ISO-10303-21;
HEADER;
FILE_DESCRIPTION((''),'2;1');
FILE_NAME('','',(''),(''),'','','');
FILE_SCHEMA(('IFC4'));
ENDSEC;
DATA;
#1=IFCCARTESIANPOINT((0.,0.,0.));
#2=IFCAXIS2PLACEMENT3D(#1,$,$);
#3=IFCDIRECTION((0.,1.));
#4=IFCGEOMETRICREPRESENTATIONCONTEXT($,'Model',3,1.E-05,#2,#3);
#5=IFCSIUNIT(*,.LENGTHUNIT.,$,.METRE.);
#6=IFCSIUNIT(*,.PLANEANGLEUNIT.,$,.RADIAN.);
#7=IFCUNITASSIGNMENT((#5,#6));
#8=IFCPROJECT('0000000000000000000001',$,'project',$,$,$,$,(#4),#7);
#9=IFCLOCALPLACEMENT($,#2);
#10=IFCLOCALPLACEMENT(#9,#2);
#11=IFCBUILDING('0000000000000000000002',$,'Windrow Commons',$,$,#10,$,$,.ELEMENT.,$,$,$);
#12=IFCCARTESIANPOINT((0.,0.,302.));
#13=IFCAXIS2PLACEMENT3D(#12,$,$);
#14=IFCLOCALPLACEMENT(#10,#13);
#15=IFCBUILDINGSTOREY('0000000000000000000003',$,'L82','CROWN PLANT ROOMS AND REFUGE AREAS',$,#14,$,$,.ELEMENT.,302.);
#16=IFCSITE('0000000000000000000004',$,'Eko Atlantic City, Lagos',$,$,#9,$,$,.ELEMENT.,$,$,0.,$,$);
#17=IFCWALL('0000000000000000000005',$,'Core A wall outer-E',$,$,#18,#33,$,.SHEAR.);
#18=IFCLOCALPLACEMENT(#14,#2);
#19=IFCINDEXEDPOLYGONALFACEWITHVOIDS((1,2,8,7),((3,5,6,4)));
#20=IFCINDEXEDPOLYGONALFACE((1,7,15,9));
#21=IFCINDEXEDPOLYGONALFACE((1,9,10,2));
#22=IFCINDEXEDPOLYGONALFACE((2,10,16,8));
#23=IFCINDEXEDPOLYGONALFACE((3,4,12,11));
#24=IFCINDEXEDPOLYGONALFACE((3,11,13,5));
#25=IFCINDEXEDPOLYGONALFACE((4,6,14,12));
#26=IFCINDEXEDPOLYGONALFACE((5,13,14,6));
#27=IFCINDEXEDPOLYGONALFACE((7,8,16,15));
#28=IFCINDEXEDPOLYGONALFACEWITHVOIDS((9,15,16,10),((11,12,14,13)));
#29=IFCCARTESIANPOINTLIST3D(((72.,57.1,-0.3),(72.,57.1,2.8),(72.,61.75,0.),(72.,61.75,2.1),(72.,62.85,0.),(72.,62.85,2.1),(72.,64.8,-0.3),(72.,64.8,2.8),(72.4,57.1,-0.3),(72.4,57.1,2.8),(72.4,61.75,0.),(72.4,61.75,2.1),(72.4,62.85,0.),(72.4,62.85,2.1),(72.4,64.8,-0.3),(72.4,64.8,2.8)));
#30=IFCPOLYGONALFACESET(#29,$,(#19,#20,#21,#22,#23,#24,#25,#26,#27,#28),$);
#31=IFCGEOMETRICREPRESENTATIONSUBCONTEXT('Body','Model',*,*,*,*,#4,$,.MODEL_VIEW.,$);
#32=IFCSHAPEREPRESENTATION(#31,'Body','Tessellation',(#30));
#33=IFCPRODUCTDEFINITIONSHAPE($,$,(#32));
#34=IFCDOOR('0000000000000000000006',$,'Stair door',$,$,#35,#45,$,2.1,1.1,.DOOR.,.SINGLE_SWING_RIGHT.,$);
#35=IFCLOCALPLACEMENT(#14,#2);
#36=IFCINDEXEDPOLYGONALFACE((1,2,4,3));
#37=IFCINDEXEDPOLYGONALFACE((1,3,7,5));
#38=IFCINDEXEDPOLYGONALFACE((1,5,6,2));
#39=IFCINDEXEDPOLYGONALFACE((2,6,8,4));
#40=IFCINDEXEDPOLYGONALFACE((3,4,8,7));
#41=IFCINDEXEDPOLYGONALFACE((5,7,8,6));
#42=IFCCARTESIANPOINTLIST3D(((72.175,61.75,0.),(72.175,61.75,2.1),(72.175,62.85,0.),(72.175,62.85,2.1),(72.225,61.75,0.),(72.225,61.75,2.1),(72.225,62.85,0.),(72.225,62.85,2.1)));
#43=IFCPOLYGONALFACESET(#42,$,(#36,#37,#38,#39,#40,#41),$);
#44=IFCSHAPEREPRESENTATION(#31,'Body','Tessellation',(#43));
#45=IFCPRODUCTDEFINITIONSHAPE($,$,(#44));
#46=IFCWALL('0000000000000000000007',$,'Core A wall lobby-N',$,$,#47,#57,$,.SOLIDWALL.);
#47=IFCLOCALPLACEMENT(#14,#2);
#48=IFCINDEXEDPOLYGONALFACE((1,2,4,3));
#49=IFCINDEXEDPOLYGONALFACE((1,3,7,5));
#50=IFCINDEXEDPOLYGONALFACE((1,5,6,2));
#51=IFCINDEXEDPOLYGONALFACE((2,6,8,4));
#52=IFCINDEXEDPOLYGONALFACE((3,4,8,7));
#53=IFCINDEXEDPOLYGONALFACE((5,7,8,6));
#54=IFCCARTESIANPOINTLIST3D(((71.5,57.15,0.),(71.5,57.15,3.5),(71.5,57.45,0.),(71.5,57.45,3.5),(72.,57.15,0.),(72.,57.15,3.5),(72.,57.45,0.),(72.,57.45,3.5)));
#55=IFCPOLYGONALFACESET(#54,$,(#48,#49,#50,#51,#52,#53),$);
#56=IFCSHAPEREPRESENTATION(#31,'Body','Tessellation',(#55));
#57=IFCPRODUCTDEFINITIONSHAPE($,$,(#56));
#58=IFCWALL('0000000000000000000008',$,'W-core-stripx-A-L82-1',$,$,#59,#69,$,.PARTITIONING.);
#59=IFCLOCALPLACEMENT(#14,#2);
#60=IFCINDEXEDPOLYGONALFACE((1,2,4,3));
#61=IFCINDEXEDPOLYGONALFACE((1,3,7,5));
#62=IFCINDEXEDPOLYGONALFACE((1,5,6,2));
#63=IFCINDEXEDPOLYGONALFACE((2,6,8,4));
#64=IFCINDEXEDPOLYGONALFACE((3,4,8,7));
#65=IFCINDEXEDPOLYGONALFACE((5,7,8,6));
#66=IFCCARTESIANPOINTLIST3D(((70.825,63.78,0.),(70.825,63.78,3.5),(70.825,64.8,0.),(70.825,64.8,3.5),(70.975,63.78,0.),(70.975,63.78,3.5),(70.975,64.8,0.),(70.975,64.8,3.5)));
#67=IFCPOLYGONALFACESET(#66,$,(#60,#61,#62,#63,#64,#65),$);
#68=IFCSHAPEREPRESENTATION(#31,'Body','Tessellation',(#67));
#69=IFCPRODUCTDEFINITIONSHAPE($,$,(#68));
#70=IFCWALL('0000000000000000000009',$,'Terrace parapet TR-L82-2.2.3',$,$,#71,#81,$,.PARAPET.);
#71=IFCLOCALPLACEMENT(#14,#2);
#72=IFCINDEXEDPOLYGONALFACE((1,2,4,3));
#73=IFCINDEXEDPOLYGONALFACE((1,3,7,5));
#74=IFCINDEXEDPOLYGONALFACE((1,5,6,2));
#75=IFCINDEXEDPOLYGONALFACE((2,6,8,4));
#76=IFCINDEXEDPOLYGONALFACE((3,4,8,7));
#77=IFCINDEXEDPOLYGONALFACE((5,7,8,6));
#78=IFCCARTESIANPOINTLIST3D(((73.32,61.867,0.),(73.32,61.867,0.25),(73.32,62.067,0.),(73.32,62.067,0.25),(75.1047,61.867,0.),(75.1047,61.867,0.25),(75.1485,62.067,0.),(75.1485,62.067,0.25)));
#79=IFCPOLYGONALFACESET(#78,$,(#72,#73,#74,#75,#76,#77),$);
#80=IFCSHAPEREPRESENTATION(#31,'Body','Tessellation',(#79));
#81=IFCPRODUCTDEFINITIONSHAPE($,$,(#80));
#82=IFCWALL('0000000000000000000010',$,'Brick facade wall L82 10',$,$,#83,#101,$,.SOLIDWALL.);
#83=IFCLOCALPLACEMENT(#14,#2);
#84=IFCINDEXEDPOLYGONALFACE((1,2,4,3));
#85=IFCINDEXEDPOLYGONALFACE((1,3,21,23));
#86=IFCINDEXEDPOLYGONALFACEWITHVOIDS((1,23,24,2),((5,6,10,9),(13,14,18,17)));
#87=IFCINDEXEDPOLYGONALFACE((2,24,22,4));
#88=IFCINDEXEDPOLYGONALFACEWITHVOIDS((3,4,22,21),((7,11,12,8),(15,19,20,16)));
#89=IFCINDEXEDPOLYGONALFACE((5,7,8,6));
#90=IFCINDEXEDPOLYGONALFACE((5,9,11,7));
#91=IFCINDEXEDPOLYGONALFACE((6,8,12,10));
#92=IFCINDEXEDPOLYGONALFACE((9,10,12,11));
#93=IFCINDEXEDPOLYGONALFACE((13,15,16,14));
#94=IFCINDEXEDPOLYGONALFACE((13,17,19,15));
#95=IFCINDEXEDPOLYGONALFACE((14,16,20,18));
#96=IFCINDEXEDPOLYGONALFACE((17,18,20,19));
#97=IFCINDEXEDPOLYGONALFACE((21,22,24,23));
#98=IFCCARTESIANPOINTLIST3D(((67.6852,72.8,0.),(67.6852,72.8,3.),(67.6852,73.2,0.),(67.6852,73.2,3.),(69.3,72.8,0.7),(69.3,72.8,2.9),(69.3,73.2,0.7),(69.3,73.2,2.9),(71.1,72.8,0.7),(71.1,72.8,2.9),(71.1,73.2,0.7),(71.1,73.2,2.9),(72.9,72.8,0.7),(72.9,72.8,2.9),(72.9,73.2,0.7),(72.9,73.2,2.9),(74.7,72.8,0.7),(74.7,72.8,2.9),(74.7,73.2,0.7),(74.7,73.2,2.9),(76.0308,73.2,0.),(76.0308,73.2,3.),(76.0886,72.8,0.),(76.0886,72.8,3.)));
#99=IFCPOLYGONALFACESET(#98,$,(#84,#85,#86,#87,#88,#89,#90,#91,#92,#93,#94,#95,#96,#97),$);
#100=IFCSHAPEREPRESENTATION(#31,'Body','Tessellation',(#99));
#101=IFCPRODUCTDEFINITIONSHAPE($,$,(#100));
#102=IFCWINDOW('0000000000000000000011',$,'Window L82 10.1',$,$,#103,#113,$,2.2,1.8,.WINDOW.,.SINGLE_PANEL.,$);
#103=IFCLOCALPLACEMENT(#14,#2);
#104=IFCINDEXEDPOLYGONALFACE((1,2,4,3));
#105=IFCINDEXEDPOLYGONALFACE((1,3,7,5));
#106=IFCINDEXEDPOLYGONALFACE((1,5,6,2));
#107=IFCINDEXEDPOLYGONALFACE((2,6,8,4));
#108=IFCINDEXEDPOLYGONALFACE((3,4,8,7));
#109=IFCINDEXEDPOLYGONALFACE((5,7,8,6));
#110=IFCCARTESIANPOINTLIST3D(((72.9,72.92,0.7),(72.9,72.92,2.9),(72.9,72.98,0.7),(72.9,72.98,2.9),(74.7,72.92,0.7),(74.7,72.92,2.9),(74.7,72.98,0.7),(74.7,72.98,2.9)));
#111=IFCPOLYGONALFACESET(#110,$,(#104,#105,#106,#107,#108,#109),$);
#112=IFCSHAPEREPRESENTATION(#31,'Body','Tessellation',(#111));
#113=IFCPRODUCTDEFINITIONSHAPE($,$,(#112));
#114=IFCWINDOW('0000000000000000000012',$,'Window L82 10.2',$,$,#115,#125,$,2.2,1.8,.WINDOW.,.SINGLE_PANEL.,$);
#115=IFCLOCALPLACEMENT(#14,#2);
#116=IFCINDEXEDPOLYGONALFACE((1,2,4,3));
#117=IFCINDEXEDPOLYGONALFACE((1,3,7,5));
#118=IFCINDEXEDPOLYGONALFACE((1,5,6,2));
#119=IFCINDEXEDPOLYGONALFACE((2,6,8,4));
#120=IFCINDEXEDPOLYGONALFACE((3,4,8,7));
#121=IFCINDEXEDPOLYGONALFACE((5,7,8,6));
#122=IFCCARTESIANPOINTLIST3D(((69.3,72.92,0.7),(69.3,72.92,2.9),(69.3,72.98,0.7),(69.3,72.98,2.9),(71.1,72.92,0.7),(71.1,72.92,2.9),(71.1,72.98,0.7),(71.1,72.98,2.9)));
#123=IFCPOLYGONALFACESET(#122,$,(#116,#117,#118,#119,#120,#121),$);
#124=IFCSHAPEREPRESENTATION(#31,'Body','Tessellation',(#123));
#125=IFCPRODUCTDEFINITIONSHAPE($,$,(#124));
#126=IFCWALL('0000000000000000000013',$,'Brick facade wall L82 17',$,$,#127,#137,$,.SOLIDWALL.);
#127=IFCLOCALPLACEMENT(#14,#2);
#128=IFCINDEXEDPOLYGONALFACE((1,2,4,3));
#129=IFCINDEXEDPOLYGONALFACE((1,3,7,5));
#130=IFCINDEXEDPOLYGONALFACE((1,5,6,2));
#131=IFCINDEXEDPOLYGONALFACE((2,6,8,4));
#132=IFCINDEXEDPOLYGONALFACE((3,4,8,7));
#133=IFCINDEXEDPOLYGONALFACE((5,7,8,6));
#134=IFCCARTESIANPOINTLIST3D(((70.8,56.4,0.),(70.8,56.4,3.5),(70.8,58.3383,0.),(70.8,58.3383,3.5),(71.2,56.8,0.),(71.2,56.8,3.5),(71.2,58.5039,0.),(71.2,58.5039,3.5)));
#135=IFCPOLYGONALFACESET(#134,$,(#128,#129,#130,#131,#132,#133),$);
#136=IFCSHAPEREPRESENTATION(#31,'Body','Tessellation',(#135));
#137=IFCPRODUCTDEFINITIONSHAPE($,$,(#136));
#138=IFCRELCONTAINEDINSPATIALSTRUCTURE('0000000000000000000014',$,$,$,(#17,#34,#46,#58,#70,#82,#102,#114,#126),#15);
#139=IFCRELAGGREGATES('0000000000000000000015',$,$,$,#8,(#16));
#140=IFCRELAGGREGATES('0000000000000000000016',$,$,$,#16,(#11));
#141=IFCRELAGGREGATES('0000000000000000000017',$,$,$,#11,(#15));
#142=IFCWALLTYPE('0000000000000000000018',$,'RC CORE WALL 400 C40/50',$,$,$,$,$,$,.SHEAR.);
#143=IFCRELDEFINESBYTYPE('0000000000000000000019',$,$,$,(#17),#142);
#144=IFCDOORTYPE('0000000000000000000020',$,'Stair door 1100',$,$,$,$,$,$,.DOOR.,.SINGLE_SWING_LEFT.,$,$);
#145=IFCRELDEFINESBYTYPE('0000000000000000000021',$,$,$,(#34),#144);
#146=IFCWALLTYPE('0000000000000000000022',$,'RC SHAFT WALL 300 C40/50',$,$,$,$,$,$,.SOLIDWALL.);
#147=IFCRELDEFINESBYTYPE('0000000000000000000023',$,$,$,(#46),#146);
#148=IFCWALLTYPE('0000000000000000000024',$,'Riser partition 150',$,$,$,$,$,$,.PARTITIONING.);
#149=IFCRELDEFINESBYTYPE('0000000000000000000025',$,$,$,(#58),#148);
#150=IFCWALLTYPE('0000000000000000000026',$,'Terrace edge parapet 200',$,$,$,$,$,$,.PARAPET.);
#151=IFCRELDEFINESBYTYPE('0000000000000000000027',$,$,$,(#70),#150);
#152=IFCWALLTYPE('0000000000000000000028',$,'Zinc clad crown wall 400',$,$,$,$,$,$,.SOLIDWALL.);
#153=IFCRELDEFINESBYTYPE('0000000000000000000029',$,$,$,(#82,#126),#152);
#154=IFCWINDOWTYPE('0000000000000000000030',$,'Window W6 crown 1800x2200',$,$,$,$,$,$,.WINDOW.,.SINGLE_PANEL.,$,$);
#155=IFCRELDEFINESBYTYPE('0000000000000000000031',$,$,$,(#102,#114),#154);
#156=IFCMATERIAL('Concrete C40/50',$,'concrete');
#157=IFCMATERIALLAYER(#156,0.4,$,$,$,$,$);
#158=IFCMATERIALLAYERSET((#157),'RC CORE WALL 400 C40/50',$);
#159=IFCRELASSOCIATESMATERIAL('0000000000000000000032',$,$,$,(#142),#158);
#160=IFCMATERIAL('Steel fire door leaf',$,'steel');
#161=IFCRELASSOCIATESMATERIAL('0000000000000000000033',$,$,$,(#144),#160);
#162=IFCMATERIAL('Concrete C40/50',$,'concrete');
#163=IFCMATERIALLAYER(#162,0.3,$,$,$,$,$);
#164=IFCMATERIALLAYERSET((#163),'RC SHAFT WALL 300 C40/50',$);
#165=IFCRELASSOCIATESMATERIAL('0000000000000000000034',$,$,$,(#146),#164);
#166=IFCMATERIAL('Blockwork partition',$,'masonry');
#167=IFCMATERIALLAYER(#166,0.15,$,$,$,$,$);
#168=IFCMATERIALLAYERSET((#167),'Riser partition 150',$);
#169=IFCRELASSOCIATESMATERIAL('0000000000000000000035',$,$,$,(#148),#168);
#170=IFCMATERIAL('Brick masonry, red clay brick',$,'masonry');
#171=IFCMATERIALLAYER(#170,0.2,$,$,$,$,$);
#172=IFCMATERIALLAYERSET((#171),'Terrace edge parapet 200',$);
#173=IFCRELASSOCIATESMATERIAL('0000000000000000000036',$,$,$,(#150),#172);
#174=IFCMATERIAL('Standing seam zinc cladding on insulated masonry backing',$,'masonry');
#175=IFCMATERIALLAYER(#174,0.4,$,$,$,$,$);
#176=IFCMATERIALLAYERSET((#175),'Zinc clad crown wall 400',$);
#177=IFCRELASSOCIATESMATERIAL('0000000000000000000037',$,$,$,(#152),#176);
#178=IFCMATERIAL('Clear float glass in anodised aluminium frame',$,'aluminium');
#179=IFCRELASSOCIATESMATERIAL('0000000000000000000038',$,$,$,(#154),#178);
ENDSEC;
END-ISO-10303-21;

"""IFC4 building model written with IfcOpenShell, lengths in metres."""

from ifc_helpers import new_model, si_unit, direction, frame, frame_2d, origin, place, context, subcontext, project, spatial, polyline, rectangle, outline, extrude, material, layer, layer_set, type_object, element, fill, save


model = new_model("IFC4")

# Units and contexts
model_context = context("Model", 3, precision=1e-05, world=origin(), true_north=direction((0.0, 1.0)))
body_context = subcontext(model_context, "Body", "Model", "MODEL_VIEW")
ifc_project = project(units=[si_unit("LENGTHUNIT", "METRE"), si_unit("PLANEANGLEUNIT", "RADIAN")], contexts=[model_context])

# Site, building, storey
site_placement = place(None, origin())
site = spatial("IfcSite", under=ifc_project, at=site_placement, Name="Eko Atlantic City, Lagos", CompositionType="ELEMENT", RefElevation=0.0)
building_placement = place(site_placement, origin())
building = spatial("IfcBuilding", under=site, at=building_placement, Name="Windrow Commons", CompositionType="ELEMENT")
storey_placement = place(building_placement, frame((0.0, 0.0, 302.0)))
storey = spatial("IfcBuildingStorey", under=building, at=storey_placement, Name="L82", Description="CROWN PLANT ROOMS AND REFUGE AREAS", CompositionType="ELEMENT", Elevation=302.0)

# Wall, opening, door
ifc_material_1 = material(Name="Concrete C40/50", Category="concrete")
ifc_layer_1 = layer(ifc_material_1, 0.4)
ifc_layer_set_1 = layer_set([ifc_layer_1], Name="RC CORE WALL 400 C40/50")
wall_type_1 = type_object("IfcWallType", Name="RC CORE WALL 400 C40/50", PredefinedType="SHEAR", material=ifc_layer_set_1)
wall_1_placement = place(storey_placement, frame((72.2, 57.1, -0.3), z_axis=(0.0, 0.0, 1.0), x_axis=(0.0, 1.0, 0.0)))
wall_1 = element("IfcWall", 1, at=wall_1_placement, inside=storey, type_object=wall_type_1, Name="Core A wall outer-E", PredefinedType="SHEAR", context=body_context, shape_type="SweptSolid", body=[
    extrude(outline(polyline([(0.0, 0.0), (7.7, 0.0), (7.7, 3.1), (0.0, 3.1), (0.0, 0.0)])), frame((0.0, 0.2, 0.0), z_axis=(0.0, -1.0, 0.0), x_axis=(1.0, 0.0, 0.0)), (0.0, 0.0, 1.0), 0.4),
])
opening_1_placement = place(wall_1_placement, frame((4.65, 0.0, 0.3)))
opening_1 = element("IfcOpeningElement", 2, at=opening_1_placement, cuts=wall_1, PredefinedType="OPENING", context=body_context, shape_type="SweptSolid", body=[
    extrude(rectangle(XDim=1.1, YDim=2.1, at=frame_2d((0.55, 1.05))), frame((0.0, 0.21, 0.0), z_axis=(0.0, -1.0, 0.0), x_axis=(1.0, 0.0, 0.0)), (0.0, 0.0, 1.0), 0.42),
])
ifc_material_2 = material(Name="Steel fire door leaf", Category="steel")
door_type = type_object("IfcDoorType", Name="Stair door 1100", OperationType="SINGLE_SWING_LEFT", PredefinedType="DOOR", material=ifc_material_2)
door_placement = place(opening_1_placement, origin())
door = element("IfcDoor", 3, at=door_placement, inside=storey, type_object=door_type, Name="Stair door", OperationType="SINGLE_SWING_RIGHT", OverallHeight=2.1, OverallWidth=1.1, PredefinedType="DOOR", context=body_context, shape_type="SweptSolid", body=[
    extrude(rectangle(XDim=1.1, YDim=2.1, at=frame_2d((0.55, 1.05))), frame((0.0, 0.025, 0.0), z_axis=(0.0, -1.0, 0.0), x_axis=(1.0, 0.0, 0.0)), (0.0, 0.0, 1.0), 0.05),
])
fill(opening_1, door)

# Walls
ifc_material_3 = material(Name="Concrete C40/50", Category="concrete")
ifc_layer_2 = layer(ifc_material_3, 0.3)
ifc_layer_set_2 = layer_set([ifc_layer_2], Name="RC SHAFT WALL 300 C40/50")
wall_type_2 = type_object("IfcWallType", Name="RC SHAFT WALL 300 C40/50", PredefinedType="SOLIDWALL", material=ifc_layer_set_2)
wall_2_placement = place(storey_placement, frame((71.5, 57.3, 0.0), z_axis=(0.0, 0.0, 1.0), x_axis=(1.0, 0.0, 0.0)))
element("IfcWall", 4, at=wall_2_placement, inside=storey, type_object=wall_type_2, Name="Core A wall lobby-N", PredefinedType="SOLIDWALL", context=body_context, shape_type="SweptSolid", body=[
    extrude(outline(polyline([(0.0, 0.0), (0.5, 0.0), (0.5, 3.5), (0.0, 3.5), (0.0, 0.0)])), frame((0.0, 0.15, 0.0), z_axis=(0.0, -1.0, 0.0), x_axis=(1.0, 0.0, 0.0)), (0.0, 0.0, 1.0), 0.3),
])
ifc_material_4 = material(Name="Blockwork partition", Category="masonry")
ifc_layer_3 = layer(ifc_material_4, 0.15)
ifc_layer_set_3 = layer_set([ifc_layer_3], Name="Riser partition 150")
wall_type_3 = type_object("IfcWallType", Name="Riser partition 150", PredefinedType="PARTITIONING", material=ifc_layer_set_3)
wall_3_placement = place(storey_placement, frame((70.9, 63.78, 0.0), z_axis=(0.0, 0.0, 1.0), x_axis=(0.0, 1.0, 0.0)))
element("IfcWall", 5, at=wall_3_placement, inside=storey, type_object=wall_type_3, Name="W-core-stripx-A-L82-1", PredefinedType="PARTITIONING", context=body_context, shape_type="SweptSolid", body=[
    extrude(outline(polyline([(0.0, 0.0), (1.02, 0.0), (1.02, 3.5), (0.0, 3.5), (0.0, 0.0)])), frame((0.0, 0.075, 0.0), z_axis=(0.0, -1.0, 0.0), x_axis=(1.0, 0.0, 0.0)), (0.0, 0.0, 1.0), 0.15),
])
ifc_material_5 = material(Name="Brick masonry, red clay brick", Category="masonry")
ifc_layer_4 = layer(ifc_material_5, 0.2)
ifc_layer_set_4 = layer_set([ifc_layer_4], Name="Terrace edge parapet 200")
wall_type_4 = type_object("IfcWallType", Name="Terrace edge parapet 200", PredefinedType="PARAPET", material=ifc_layer_set_4)
wall_4_placement = place(storey_placement, frame((75.1266, 61.967, 0.0), z_axis=(0.0, 0.0, 1.0), x_axis=(-1.0, 0.0, 0.0)))
element("IfcWall", 6, at=wall_4_placement, inside=storey, type_object=wall_type_4, Name="Terrace parapet TR-L82-2.2.3", PredefinedType="PARAPET", context=body_context, shape_type="SweptSolid", body=[
    extrude(outline(polyline([(-0.0219, -0.1), (1.8066, -0.1), (1.8066, 0.1), (0.0219, 0.1), (-0.0219, -0.1)])), origin(), (0.0, 0.0, 1.0), 0.25),
])

# Wall, openings, windows
ifc_material_6 = material(Name="Standing seam zinc cladding on insulated masonry backing", Category="masonry")
ifc_layer_5 = layer(ifc_material_6, 0.4)
ifc_layer_set_5 = layer_set([ifc_layer_5], Name="Zinc clad crown wall 400")
wall_type_5 = type_object("IfcWallType", Name="Zinc clad crown wall 400", PredefinedType="SOLIDWALL", material=ifc_layer_set_5)
wall_5_placement = place(storey_placement, frame((76.0597, 73.0, 0.0), z_axis=(0.0, 0.0, 1.0), x_axis=(-1.0, 0.0, 0.0)))
wall_5 = element("IfcWall", 7, at=wall_5_placement, inside=storey, type_object=wall_type_5, Name="Brick facade wall L82 10", PredefinedType="SOLIDWALL", context=body_context, shape_type="SweptSolid", body=[
    extrude(outline(polyline([(0.0289, -0.2), (8.3745, -0.2), (8.3745, 0.2), (-0.0289, 0.2), (0.0289, -0.2)])), origin(), (0.0, 0.0, 1.0), 3.0),
])
opening_2_placement = place(wall_5_placement, frame((1.3597, 0.0, 0.7)))
opening_2 = element("IfcOpeningElement", 8, at=opening_2_placement, cuts=wall_5, PredefinedType="OPENING", context=body_context, shape_type="SweptSolid", body=[
    extrude(rectangle(XDim=1.8, YDim=2.2, at=frame_2d((0.9, 1.1))), frame((0.0, 0.21, 0.0), z_axis=(0.0, -1.0, 0.0), x_axis=(1.0, 0.0, 0.0)), (0.0, 0.0, 1.0), 0.42),
])
opening_3_placement = place(wall_5_placement, frame((4.9597, 0.0, 0.7)))
opening_3 = element("IfcOpeningElement", 9, at=opening_3_placement, cuts=wall_5, PredefinedType="OPENING", context=body_context, shape_type="SweptSolid", body=[
    extrude(rectangle(XDim=1.8, YDim=2.2, at=frame_2d((0.9, 1.1))), frame((0.0, 0.21, 0.0), z_axis=(0.0, -1.0, 0.0), x_axis=(1.0, 0.0, 0.0)), (0.0, 0.0, 1.0), 0.42),
])
ifc_material_7 = material(Name="Clear float glass in anodised aluminium frame", Category="aluminium")
window_type = type_object("IfcWindowType", Name="Window W6 crown 1800x2200", PartitioningType="SINGLE_PANEL", PredefinedType="WINDOW", material=ifc_material_7)
window_1_placement = place(opening_2_placement, origin())
window_1 = element("IfcWindow", 10, at=window_1_placement, inside=storey, type_object=window_type, Name="Window L82 10.1", OverallHeight=2.2, OverallWidth=1.8, PartitioningType="SINGLE_PANEL", PredefinedType="WINDOW", context=body_context, shape_type="SweptSolid", body=[
    extrude(rectangle(XDim=1.8, YDim=2.2, at=frame_2d((0.9, 1.1))), frame((0.0, 0.08, 0.0), z_axis=(0.0, -1.0, 0.0), x_axis=(1.0, 0.0, 0.0)), (0.0, 0.0, 1.0), 0.06),
])
fill(opening_2, window_1)
window_2_placement = place(opening_3_placement, origin())
window_2 = element("IfcWindow", 11, at=window_2_placement, inside=storey, type_object=window_type, Name="Window L82 10.2", OverallHeight=2.2, OverallWidth=1.8, PartitioningType="SINGLE_PANEL", PredefinedType="WINDOW", context=body_context, shape_type="SweptSolid", body=[
    extrude(rectangle(XDim=1.8, YDim=2.2, at=frame_2d((0.9, 1.1))), frame((0.0, 0.08, 0.0), z_axis=(0.0, -1.0, 0.0), x_axis=(1.0, 0.0, 0.0)), (0.0, 0.0, 1.0), 0.06),
])
fill(opening_3, window_2)

# Wall
wall_6_placement = place(storey_placement, frame((71.0, 58.4211, 0.0), z_axis=(0.0, 0.0, 1.0), x_axis=(0.0, -1.0, 0.0)))
element("IfcWall", 12, at=wall_6_placement, inside=storey, type_object=wall_type_5, Name="Brick facade wall L82 17", PredefinedType="SOLIDWALL", context=body_context, shape_type="SweptSolid", body=[
    extrude(outline(polyline([(0.0828, -0.2), (2.0211, -0.2), (1.6211, 0.2), (-0.0828, 0.2), (0.0828, -0.2)])), origin(), (0.0, 0.0, 1.0), 3.5),
])

save(model, "model.ifc")
